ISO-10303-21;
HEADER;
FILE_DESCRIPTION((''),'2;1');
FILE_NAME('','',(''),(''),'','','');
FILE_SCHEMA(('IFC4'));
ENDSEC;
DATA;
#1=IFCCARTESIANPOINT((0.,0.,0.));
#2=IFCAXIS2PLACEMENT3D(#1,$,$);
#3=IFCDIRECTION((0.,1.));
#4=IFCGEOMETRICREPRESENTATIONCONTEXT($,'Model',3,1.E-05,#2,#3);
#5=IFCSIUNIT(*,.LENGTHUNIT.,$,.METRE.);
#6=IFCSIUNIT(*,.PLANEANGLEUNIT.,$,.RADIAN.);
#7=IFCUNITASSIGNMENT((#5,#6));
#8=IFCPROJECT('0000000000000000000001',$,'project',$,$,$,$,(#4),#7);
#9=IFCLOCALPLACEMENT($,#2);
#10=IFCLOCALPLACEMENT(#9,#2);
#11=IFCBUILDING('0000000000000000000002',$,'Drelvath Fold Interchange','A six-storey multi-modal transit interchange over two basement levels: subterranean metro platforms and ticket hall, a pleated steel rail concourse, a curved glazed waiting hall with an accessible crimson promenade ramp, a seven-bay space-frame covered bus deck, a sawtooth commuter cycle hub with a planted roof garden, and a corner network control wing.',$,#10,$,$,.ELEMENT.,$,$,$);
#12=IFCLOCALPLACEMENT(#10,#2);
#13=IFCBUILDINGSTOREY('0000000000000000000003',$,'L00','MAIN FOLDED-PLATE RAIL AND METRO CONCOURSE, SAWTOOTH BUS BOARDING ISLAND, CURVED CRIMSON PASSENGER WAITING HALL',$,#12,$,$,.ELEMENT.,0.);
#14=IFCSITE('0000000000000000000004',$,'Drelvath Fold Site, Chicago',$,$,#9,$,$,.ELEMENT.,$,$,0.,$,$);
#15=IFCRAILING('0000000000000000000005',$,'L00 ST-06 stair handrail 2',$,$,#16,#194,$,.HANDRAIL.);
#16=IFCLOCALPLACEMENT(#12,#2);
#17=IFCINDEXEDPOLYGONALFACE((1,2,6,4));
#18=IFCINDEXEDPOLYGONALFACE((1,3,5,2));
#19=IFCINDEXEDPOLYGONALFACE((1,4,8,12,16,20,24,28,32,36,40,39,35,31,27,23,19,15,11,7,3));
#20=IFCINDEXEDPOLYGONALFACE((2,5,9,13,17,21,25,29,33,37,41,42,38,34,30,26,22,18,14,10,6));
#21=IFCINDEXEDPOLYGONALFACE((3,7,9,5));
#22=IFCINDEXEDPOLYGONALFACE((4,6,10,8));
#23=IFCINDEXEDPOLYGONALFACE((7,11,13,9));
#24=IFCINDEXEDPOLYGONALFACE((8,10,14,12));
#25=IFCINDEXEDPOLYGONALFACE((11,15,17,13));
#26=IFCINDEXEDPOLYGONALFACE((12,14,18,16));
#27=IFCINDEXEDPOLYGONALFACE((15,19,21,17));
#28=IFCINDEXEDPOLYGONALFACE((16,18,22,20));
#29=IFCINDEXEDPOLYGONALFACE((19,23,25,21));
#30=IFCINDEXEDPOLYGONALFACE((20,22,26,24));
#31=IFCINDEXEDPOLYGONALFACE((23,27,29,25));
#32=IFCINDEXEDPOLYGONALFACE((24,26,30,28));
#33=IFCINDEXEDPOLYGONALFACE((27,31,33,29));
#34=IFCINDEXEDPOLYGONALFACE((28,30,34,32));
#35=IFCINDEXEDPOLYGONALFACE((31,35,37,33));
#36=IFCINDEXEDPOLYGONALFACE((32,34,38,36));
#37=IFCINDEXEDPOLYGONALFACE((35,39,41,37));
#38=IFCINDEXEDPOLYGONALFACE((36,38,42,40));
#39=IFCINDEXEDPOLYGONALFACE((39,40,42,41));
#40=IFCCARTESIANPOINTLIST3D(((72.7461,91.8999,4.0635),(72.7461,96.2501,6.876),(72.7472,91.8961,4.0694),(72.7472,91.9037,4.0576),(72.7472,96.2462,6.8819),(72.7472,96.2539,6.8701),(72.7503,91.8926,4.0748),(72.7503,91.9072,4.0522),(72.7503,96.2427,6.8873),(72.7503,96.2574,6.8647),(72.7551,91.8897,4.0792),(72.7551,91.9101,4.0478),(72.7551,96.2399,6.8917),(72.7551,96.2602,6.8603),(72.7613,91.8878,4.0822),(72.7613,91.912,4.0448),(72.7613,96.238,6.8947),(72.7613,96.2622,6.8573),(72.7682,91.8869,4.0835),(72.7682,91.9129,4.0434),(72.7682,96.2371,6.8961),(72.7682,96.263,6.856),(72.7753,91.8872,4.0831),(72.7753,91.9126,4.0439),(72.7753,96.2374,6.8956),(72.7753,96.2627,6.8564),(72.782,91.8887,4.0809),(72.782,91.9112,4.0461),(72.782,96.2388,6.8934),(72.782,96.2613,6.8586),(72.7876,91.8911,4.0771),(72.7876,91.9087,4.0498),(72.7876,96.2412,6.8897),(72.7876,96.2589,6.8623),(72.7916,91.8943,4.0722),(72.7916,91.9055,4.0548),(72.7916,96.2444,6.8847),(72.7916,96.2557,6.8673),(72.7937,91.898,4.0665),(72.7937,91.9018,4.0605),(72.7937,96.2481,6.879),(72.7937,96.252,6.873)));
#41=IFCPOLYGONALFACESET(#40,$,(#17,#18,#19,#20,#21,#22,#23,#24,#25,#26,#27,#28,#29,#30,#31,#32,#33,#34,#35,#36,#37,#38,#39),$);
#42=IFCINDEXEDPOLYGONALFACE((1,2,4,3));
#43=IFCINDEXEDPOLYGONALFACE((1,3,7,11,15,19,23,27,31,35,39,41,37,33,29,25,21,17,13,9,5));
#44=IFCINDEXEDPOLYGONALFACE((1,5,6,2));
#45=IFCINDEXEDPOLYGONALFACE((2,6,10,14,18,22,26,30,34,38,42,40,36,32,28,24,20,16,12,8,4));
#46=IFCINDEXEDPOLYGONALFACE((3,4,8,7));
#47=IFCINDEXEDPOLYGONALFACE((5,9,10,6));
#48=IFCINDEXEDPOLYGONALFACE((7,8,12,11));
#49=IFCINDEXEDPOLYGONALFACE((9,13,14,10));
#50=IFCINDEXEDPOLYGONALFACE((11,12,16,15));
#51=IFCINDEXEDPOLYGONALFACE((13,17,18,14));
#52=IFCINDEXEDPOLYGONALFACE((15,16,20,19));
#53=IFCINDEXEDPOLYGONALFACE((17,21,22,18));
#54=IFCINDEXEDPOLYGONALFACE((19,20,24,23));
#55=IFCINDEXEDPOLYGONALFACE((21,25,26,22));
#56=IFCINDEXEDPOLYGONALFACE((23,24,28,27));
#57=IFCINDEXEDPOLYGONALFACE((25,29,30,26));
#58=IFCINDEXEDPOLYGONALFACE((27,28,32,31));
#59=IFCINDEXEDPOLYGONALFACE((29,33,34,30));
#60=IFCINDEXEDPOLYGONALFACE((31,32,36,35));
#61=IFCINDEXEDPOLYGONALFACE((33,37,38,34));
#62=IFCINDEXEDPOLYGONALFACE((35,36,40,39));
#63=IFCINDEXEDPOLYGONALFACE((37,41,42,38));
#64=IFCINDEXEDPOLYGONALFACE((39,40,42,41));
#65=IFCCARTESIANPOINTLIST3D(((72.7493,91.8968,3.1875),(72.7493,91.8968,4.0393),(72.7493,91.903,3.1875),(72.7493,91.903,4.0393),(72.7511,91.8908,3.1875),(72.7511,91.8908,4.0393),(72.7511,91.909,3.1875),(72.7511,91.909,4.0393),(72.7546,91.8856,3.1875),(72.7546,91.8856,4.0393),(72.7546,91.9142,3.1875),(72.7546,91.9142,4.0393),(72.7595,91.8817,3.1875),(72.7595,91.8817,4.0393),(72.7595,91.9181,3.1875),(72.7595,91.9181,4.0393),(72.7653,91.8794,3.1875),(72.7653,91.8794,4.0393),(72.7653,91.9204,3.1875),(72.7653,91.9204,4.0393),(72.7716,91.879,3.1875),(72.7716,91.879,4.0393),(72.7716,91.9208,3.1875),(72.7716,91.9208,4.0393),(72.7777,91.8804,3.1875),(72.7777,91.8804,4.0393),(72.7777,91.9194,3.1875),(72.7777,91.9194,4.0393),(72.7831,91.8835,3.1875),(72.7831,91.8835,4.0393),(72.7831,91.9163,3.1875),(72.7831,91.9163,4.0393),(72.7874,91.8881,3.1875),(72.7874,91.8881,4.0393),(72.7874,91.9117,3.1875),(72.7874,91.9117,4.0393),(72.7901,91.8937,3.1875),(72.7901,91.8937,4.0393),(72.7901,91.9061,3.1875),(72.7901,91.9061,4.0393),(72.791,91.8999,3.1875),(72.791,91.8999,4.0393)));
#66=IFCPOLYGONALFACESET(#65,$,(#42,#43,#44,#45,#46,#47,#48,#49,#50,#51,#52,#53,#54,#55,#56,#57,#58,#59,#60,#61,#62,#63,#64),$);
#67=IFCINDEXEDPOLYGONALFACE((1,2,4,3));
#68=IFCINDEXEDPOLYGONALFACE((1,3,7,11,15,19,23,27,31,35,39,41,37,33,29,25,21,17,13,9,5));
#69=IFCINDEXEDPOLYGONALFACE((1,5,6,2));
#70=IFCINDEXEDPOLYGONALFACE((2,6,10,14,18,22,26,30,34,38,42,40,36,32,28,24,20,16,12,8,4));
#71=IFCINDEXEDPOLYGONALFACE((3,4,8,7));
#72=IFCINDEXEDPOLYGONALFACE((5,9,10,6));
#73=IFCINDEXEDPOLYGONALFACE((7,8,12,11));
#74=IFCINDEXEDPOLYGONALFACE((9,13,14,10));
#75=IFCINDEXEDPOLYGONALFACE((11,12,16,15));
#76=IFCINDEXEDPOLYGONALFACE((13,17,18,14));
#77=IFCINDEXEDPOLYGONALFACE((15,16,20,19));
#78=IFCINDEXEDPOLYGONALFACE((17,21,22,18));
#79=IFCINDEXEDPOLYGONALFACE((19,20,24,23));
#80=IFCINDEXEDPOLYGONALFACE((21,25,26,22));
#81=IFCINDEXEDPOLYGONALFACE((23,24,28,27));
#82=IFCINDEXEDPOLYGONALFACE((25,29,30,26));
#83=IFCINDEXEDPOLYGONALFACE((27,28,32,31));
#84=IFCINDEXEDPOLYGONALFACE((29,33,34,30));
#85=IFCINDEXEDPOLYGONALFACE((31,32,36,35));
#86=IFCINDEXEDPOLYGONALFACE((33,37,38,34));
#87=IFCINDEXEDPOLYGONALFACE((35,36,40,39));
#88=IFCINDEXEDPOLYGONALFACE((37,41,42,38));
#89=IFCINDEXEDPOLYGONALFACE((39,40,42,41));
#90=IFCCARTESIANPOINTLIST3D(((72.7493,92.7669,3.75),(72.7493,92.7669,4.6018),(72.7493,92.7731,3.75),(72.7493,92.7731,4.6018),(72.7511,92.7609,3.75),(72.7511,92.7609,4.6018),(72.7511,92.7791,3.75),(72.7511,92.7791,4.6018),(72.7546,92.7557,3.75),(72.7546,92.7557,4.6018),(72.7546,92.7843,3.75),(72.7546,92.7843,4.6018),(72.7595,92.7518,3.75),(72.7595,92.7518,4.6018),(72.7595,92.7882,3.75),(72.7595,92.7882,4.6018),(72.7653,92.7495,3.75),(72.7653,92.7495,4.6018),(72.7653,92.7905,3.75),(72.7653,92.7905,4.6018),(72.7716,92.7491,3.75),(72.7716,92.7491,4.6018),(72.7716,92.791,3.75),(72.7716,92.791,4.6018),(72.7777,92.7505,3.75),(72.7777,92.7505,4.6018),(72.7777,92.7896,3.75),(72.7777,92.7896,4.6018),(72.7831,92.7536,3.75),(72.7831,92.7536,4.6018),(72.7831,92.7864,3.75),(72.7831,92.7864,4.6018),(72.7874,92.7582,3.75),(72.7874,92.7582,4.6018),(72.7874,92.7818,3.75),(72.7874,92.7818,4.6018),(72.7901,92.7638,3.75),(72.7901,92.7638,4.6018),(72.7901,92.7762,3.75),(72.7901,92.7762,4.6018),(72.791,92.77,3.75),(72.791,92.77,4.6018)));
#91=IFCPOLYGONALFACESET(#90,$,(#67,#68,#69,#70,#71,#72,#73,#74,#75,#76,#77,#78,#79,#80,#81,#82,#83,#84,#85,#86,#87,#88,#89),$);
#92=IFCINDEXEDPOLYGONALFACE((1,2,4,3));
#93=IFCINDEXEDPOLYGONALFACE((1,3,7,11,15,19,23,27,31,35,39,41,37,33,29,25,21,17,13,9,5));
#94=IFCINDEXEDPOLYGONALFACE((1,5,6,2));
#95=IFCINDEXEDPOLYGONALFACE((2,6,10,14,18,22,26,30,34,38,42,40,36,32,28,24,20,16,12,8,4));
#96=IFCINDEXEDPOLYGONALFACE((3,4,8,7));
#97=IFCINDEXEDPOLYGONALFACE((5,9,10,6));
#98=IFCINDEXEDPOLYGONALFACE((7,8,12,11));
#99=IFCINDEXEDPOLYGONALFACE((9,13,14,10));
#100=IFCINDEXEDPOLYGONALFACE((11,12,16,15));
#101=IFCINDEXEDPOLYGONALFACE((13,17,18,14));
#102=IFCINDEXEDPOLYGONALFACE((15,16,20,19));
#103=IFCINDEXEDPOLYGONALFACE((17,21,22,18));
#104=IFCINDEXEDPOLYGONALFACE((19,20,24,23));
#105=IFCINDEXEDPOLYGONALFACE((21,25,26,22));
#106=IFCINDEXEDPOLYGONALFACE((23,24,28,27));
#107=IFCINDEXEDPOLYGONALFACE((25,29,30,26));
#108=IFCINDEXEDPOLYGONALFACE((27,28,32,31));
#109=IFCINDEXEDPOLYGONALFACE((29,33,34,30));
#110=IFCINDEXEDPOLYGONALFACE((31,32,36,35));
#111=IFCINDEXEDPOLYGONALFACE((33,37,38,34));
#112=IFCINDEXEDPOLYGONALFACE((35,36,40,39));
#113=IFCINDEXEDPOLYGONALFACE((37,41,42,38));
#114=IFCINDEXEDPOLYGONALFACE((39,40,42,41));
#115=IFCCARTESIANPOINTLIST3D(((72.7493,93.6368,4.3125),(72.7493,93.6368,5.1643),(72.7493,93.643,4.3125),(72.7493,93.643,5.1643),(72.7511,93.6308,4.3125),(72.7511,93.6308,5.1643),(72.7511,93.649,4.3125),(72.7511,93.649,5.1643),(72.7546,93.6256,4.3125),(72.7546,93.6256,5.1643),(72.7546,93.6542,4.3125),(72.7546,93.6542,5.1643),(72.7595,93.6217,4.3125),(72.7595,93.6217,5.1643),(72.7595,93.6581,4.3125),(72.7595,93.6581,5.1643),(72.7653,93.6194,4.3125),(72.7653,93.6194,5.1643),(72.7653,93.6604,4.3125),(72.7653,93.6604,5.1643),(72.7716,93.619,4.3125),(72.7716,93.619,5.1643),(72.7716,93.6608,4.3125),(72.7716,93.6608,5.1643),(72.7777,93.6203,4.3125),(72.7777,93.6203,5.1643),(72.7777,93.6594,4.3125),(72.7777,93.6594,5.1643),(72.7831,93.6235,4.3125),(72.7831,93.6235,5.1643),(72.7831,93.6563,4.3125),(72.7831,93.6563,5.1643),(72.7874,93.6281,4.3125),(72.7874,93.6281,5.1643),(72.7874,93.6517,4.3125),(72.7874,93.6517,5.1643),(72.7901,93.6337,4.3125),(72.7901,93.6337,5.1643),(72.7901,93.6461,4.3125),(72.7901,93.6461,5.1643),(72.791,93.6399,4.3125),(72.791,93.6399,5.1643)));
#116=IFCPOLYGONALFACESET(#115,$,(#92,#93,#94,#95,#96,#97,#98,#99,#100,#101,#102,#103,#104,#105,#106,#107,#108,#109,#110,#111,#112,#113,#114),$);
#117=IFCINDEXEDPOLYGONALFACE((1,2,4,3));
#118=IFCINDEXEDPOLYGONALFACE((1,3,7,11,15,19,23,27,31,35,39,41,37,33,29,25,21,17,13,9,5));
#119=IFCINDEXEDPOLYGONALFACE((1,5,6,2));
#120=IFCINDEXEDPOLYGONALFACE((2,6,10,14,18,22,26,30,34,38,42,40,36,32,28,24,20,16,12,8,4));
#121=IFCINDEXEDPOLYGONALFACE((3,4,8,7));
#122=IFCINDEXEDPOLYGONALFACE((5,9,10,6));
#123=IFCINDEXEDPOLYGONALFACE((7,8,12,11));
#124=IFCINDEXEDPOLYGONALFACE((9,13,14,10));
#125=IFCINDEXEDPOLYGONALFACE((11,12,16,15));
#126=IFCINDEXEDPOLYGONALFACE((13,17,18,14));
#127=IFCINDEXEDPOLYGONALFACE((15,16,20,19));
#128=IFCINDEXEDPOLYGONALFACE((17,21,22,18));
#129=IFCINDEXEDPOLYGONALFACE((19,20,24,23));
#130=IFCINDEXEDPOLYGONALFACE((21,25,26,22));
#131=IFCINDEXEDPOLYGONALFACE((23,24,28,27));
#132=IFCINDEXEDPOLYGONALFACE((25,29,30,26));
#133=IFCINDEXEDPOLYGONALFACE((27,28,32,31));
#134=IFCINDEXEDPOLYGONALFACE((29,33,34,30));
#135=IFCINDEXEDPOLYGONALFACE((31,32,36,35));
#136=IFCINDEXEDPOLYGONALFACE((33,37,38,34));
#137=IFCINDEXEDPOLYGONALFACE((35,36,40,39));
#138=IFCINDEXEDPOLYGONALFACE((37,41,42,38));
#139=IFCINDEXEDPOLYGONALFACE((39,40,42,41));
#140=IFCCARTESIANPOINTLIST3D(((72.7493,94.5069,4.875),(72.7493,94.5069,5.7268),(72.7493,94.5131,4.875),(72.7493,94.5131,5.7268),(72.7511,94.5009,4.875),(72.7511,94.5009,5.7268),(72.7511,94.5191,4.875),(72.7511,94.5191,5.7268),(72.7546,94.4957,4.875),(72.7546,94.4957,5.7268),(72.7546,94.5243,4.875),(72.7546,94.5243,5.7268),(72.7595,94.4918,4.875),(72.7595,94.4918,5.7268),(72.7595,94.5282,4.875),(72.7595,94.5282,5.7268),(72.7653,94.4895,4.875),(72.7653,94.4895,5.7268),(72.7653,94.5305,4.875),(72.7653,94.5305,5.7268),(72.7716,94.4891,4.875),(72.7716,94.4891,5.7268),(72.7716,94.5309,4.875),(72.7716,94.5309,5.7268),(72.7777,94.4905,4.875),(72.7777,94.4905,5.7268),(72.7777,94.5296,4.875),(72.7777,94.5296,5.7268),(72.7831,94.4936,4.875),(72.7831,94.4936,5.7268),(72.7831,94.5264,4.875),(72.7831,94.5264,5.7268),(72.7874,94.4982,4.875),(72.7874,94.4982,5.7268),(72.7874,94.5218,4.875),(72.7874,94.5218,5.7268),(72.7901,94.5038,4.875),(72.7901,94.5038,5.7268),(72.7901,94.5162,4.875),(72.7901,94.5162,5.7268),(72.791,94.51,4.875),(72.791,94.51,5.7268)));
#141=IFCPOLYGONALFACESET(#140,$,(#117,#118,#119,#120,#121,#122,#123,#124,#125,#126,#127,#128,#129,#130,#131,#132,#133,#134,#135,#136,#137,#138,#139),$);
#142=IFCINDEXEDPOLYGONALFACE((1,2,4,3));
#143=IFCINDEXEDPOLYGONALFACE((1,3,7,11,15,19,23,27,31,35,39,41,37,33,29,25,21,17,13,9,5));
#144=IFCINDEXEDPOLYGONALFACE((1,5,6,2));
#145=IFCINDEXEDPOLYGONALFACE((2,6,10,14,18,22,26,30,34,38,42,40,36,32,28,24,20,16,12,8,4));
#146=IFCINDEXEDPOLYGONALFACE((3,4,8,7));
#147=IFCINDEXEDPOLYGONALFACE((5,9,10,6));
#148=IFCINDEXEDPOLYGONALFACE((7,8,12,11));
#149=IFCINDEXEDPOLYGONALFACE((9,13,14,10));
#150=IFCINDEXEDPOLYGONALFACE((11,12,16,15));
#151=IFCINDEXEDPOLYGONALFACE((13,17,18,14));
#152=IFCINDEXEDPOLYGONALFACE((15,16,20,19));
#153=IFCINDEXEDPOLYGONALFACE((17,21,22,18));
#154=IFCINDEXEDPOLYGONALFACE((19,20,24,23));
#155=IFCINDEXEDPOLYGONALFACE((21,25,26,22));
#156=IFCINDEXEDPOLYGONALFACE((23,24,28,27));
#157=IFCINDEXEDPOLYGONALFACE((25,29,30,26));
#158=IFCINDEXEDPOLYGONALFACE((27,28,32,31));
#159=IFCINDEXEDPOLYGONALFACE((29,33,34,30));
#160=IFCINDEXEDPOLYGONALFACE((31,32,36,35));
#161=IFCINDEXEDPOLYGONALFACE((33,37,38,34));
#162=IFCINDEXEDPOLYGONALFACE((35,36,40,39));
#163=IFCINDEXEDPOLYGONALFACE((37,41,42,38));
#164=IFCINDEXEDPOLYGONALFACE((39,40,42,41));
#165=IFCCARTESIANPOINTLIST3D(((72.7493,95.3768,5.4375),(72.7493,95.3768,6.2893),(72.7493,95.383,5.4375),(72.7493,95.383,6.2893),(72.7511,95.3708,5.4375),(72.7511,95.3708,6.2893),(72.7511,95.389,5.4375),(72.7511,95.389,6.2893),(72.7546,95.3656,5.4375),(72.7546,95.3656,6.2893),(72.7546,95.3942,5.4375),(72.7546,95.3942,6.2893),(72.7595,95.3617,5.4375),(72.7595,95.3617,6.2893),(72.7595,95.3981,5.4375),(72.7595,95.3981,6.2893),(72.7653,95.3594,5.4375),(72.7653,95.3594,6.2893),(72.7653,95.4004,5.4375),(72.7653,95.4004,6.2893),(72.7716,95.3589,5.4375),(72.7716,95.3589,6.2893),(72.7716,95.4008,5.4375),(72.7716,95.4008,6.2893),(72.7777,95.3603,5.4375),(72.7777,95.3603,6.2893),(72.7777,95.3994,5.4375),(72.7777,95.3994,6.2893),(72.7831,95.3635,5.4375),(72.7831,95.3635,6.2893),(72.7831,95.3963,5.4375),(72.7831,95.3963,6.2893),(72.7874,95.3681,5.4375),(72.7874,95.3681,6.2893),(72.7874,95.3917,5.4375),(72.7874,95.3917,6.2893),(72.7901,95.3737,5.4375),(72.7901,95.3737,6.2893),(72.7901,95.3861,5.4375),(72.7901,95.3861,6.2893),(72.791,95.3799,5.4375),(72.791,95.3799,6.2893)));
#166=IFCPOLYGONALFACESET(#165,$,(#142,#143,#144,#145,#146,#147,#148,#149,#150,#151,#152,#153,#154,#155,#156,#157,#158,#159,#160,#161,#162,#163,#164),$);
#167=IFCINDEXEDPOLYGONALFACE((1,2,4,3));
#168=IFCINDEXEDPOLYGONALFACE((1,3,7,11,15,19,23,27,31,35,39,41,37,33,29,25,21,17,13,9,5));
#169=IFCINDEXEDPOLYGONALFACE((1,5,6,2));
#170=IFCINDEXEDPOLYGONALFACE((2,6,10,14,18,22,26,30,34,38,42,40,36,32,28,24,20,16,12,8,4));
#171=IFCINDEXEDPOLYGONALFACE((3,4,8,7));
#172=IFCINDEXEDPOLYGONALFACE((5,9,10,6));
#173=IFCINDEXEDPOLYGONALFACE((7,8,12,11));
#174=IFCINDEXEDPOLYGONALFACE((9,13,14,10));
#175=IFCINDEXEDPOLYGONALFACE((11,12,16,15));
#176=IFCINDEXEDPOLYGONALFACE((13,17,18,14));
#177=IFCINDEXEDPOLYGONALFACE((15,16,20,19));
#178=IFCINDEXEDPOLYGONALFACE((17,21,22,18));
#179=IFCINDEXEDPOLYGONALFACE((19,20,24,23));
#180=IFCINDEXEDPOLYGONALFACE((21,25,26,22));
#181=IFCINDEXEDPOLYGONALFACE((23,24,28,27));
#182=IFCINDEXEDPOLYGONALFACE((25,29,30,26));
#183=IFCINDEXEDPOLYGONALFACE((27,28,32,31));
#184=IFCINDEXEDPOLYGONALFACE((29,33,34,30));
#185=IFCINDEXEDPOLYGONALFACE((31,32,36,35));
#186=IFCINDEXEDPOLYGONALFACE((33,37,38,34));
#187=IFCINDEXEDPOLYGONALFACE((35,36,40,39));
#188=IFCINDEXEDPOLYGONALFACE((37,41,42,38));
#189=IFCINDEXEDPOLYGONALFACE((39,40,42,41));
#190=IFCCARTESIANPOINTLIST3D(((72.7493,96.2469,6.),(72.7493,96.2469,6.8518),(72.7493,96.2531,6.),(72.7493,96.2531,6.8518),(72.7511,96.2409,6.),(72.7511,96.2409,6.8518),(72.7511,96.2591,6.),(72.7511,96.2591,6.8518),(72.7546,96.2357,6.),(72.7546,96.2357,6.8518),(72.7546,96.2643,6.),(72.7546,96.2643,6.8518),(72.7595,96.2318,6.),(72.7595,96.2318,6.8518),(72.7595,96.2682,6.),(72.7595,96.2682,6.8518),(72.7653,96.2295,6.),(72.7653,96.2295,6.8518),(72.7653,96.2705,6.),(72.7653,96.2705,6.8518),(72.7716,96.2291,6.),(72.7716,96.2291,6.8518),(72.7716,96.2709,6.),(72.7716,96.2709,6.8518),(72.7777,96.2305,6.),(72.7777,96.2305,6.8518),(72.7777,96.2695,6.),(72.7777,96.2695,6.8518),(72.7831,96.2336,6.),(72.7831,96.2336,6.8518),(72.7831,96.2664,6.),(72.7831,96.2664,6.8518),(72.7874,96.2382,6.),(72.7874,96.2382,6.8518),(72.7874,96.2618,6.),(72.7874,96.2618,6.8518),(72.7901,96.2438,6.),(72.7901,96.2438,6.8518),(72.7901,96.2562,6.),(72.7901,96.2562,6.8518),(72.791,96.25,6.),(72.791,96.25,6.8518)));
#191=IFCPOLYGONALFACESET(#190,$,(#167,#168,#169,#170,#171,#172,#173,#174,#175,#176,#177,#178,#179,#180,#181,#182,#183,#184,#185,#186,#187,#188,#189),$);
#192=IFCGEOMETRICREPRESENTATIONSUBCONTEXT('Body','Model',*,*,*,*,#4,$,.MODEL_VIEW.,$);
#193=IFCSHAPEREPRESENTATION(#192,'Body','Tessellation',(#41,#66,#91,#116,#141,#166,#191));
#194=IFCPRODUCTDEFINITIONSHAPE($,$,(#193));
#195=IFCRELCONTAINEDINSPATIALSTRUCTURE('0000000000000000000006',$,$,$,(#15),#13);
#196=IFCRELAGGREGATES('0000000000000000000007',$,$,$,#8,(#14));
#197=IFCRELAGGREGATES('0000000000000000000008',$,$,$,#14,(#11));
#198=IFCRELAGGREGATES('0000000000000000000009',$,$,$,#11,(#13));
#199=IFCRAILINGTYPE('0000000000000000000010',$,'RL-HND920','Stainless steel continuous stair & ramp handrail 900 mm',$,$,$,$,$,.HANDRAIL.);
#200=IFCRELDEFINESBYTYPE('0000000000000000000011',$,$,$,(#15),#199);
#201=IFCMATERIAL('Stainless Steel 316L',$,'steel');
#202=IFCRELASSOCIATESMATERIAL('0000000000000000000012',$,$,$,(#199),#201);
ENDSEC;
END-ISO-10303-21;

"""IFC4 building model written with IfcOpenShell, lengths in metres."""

from ifc_helpers import new_model, si_unit, direction, frame, origin, origin_2d, place, context, subcontext, project, spatial, circle, extrude, material, type_object, element, save


model = new_model("IFC4")

# Units and contexts
model_context = context("Model", 3, precision=1e-05, world=origin(), true_north=direction((0.0, 1.0)))
body_context = subcontext(model_context, "Body", "Model", "MODEL_VIEW")
ifc_project = project(units=[si_unit("LENGTHUNIT", "METRE"), si_unit("PLANEANGLEUNIT", "RADIAN")], contexts=[model_context])

# Site, building, storey
site_placement = place(None, origin())
site = spatial("IfcSite", under=ifc_project, at=site_placement, Name="Drelvath Fold Site, Chicago", CompositionType="ELEMENT", RefElevation=0.0)
building_placement = place(site_placement, origin())
building = spatial("IfcBuilding", under=site, at=building_placement, Name="Drelvath Fold Interchange", Description="A six-storey multi-modal transit interchange over two basement levels: subterranean metro platforms and ticket hall, a pleated steel rail concourse, a curved glazed waiting hall with an accessible crimson promenade ramp, a seven-bay space-frame covered bus deck, a sawtooth commuter cycle hub with a planted roof garden, and a corner network control wing.", CompositionType="ELEMENT")
storey_placement = place(building_placement, origin())
storey = spatial("IfcBuildingStorey", under=building, at=storey_placement, Name="L00", Description="MAIN FOLDED-PLATE RAIL AND METRO CONCOURSE, SAWTOOTH BUS BOARDING ISLAND, CURVED CRIMSON PASSENGER WAITING HALL", CompositionType="ELEMENT", Elevation=0.0)

# Railing
ifc_material_1 = material(Name="Stainless Steel 316L", Category="steel")
railing_type_1 = type_object("IfcRailingType", Name="RL-HND920", Description="Stainless steel continuous stair & ramp handrail 900 mm", PredefinedType="HANDRAIL", material=ifc_material_1)
railing_1_placement = place(storey_placement, frame((72.77, 91.8999, 3.1875)))
element("IfcRailing", 1, at=railing_1_placement, inside=storey, type_object=railing_type_1, Name="L00 ST-06 stair handrail 2", PredefinedType="HANDRAIL", context=body_context, shape_type="SweptSolid", body=[
    extrude(circle(Radius=0.0239, at=origin_2d()), frame((0.0, 0.0, 0.876), z_axis=(0.0, 0.83977, 0.542942), x_axis=(-1.0, 0.0, 0.0)), (0.0, 0.0, 1.0), 5.1802),
    extrude(circle(Radius=0.021, at=origin_2d()), origin(), (0.0, 0.0, 1.0), 0.8518),
    extrude(circle(Radius=0.021, at=origin_2d()), frame((0.0, 0.8701, 0.5625)), (0.0, 0.0, 1.0), 0.8518),
    extrude(circle(Radius=0.021, at=origin_2d()), frame((0.0, 1.74, 1.125)), (0.0, 0.0, 1.0), 0.8518),
    extrude(circle(Radius=0.021, at=origin_2d()), frame((0.0, 2.6101, 1.6875)), (0.0, 0.0, 1.0), 0.8518),
    extrude(circle(Radius=0.021, at=origin_2d()), frame((0.0, 3.48, 2.25)), (0.0, 0.0, 1.0), 0.8518),
    extrude(circle(Radius=0.021, at=origin_2d()), frame((0.0, 4.3501, 2.8125)), (0.0, 0.0, 1.0), 0.8518),
])

save(model, "model.ifc")
